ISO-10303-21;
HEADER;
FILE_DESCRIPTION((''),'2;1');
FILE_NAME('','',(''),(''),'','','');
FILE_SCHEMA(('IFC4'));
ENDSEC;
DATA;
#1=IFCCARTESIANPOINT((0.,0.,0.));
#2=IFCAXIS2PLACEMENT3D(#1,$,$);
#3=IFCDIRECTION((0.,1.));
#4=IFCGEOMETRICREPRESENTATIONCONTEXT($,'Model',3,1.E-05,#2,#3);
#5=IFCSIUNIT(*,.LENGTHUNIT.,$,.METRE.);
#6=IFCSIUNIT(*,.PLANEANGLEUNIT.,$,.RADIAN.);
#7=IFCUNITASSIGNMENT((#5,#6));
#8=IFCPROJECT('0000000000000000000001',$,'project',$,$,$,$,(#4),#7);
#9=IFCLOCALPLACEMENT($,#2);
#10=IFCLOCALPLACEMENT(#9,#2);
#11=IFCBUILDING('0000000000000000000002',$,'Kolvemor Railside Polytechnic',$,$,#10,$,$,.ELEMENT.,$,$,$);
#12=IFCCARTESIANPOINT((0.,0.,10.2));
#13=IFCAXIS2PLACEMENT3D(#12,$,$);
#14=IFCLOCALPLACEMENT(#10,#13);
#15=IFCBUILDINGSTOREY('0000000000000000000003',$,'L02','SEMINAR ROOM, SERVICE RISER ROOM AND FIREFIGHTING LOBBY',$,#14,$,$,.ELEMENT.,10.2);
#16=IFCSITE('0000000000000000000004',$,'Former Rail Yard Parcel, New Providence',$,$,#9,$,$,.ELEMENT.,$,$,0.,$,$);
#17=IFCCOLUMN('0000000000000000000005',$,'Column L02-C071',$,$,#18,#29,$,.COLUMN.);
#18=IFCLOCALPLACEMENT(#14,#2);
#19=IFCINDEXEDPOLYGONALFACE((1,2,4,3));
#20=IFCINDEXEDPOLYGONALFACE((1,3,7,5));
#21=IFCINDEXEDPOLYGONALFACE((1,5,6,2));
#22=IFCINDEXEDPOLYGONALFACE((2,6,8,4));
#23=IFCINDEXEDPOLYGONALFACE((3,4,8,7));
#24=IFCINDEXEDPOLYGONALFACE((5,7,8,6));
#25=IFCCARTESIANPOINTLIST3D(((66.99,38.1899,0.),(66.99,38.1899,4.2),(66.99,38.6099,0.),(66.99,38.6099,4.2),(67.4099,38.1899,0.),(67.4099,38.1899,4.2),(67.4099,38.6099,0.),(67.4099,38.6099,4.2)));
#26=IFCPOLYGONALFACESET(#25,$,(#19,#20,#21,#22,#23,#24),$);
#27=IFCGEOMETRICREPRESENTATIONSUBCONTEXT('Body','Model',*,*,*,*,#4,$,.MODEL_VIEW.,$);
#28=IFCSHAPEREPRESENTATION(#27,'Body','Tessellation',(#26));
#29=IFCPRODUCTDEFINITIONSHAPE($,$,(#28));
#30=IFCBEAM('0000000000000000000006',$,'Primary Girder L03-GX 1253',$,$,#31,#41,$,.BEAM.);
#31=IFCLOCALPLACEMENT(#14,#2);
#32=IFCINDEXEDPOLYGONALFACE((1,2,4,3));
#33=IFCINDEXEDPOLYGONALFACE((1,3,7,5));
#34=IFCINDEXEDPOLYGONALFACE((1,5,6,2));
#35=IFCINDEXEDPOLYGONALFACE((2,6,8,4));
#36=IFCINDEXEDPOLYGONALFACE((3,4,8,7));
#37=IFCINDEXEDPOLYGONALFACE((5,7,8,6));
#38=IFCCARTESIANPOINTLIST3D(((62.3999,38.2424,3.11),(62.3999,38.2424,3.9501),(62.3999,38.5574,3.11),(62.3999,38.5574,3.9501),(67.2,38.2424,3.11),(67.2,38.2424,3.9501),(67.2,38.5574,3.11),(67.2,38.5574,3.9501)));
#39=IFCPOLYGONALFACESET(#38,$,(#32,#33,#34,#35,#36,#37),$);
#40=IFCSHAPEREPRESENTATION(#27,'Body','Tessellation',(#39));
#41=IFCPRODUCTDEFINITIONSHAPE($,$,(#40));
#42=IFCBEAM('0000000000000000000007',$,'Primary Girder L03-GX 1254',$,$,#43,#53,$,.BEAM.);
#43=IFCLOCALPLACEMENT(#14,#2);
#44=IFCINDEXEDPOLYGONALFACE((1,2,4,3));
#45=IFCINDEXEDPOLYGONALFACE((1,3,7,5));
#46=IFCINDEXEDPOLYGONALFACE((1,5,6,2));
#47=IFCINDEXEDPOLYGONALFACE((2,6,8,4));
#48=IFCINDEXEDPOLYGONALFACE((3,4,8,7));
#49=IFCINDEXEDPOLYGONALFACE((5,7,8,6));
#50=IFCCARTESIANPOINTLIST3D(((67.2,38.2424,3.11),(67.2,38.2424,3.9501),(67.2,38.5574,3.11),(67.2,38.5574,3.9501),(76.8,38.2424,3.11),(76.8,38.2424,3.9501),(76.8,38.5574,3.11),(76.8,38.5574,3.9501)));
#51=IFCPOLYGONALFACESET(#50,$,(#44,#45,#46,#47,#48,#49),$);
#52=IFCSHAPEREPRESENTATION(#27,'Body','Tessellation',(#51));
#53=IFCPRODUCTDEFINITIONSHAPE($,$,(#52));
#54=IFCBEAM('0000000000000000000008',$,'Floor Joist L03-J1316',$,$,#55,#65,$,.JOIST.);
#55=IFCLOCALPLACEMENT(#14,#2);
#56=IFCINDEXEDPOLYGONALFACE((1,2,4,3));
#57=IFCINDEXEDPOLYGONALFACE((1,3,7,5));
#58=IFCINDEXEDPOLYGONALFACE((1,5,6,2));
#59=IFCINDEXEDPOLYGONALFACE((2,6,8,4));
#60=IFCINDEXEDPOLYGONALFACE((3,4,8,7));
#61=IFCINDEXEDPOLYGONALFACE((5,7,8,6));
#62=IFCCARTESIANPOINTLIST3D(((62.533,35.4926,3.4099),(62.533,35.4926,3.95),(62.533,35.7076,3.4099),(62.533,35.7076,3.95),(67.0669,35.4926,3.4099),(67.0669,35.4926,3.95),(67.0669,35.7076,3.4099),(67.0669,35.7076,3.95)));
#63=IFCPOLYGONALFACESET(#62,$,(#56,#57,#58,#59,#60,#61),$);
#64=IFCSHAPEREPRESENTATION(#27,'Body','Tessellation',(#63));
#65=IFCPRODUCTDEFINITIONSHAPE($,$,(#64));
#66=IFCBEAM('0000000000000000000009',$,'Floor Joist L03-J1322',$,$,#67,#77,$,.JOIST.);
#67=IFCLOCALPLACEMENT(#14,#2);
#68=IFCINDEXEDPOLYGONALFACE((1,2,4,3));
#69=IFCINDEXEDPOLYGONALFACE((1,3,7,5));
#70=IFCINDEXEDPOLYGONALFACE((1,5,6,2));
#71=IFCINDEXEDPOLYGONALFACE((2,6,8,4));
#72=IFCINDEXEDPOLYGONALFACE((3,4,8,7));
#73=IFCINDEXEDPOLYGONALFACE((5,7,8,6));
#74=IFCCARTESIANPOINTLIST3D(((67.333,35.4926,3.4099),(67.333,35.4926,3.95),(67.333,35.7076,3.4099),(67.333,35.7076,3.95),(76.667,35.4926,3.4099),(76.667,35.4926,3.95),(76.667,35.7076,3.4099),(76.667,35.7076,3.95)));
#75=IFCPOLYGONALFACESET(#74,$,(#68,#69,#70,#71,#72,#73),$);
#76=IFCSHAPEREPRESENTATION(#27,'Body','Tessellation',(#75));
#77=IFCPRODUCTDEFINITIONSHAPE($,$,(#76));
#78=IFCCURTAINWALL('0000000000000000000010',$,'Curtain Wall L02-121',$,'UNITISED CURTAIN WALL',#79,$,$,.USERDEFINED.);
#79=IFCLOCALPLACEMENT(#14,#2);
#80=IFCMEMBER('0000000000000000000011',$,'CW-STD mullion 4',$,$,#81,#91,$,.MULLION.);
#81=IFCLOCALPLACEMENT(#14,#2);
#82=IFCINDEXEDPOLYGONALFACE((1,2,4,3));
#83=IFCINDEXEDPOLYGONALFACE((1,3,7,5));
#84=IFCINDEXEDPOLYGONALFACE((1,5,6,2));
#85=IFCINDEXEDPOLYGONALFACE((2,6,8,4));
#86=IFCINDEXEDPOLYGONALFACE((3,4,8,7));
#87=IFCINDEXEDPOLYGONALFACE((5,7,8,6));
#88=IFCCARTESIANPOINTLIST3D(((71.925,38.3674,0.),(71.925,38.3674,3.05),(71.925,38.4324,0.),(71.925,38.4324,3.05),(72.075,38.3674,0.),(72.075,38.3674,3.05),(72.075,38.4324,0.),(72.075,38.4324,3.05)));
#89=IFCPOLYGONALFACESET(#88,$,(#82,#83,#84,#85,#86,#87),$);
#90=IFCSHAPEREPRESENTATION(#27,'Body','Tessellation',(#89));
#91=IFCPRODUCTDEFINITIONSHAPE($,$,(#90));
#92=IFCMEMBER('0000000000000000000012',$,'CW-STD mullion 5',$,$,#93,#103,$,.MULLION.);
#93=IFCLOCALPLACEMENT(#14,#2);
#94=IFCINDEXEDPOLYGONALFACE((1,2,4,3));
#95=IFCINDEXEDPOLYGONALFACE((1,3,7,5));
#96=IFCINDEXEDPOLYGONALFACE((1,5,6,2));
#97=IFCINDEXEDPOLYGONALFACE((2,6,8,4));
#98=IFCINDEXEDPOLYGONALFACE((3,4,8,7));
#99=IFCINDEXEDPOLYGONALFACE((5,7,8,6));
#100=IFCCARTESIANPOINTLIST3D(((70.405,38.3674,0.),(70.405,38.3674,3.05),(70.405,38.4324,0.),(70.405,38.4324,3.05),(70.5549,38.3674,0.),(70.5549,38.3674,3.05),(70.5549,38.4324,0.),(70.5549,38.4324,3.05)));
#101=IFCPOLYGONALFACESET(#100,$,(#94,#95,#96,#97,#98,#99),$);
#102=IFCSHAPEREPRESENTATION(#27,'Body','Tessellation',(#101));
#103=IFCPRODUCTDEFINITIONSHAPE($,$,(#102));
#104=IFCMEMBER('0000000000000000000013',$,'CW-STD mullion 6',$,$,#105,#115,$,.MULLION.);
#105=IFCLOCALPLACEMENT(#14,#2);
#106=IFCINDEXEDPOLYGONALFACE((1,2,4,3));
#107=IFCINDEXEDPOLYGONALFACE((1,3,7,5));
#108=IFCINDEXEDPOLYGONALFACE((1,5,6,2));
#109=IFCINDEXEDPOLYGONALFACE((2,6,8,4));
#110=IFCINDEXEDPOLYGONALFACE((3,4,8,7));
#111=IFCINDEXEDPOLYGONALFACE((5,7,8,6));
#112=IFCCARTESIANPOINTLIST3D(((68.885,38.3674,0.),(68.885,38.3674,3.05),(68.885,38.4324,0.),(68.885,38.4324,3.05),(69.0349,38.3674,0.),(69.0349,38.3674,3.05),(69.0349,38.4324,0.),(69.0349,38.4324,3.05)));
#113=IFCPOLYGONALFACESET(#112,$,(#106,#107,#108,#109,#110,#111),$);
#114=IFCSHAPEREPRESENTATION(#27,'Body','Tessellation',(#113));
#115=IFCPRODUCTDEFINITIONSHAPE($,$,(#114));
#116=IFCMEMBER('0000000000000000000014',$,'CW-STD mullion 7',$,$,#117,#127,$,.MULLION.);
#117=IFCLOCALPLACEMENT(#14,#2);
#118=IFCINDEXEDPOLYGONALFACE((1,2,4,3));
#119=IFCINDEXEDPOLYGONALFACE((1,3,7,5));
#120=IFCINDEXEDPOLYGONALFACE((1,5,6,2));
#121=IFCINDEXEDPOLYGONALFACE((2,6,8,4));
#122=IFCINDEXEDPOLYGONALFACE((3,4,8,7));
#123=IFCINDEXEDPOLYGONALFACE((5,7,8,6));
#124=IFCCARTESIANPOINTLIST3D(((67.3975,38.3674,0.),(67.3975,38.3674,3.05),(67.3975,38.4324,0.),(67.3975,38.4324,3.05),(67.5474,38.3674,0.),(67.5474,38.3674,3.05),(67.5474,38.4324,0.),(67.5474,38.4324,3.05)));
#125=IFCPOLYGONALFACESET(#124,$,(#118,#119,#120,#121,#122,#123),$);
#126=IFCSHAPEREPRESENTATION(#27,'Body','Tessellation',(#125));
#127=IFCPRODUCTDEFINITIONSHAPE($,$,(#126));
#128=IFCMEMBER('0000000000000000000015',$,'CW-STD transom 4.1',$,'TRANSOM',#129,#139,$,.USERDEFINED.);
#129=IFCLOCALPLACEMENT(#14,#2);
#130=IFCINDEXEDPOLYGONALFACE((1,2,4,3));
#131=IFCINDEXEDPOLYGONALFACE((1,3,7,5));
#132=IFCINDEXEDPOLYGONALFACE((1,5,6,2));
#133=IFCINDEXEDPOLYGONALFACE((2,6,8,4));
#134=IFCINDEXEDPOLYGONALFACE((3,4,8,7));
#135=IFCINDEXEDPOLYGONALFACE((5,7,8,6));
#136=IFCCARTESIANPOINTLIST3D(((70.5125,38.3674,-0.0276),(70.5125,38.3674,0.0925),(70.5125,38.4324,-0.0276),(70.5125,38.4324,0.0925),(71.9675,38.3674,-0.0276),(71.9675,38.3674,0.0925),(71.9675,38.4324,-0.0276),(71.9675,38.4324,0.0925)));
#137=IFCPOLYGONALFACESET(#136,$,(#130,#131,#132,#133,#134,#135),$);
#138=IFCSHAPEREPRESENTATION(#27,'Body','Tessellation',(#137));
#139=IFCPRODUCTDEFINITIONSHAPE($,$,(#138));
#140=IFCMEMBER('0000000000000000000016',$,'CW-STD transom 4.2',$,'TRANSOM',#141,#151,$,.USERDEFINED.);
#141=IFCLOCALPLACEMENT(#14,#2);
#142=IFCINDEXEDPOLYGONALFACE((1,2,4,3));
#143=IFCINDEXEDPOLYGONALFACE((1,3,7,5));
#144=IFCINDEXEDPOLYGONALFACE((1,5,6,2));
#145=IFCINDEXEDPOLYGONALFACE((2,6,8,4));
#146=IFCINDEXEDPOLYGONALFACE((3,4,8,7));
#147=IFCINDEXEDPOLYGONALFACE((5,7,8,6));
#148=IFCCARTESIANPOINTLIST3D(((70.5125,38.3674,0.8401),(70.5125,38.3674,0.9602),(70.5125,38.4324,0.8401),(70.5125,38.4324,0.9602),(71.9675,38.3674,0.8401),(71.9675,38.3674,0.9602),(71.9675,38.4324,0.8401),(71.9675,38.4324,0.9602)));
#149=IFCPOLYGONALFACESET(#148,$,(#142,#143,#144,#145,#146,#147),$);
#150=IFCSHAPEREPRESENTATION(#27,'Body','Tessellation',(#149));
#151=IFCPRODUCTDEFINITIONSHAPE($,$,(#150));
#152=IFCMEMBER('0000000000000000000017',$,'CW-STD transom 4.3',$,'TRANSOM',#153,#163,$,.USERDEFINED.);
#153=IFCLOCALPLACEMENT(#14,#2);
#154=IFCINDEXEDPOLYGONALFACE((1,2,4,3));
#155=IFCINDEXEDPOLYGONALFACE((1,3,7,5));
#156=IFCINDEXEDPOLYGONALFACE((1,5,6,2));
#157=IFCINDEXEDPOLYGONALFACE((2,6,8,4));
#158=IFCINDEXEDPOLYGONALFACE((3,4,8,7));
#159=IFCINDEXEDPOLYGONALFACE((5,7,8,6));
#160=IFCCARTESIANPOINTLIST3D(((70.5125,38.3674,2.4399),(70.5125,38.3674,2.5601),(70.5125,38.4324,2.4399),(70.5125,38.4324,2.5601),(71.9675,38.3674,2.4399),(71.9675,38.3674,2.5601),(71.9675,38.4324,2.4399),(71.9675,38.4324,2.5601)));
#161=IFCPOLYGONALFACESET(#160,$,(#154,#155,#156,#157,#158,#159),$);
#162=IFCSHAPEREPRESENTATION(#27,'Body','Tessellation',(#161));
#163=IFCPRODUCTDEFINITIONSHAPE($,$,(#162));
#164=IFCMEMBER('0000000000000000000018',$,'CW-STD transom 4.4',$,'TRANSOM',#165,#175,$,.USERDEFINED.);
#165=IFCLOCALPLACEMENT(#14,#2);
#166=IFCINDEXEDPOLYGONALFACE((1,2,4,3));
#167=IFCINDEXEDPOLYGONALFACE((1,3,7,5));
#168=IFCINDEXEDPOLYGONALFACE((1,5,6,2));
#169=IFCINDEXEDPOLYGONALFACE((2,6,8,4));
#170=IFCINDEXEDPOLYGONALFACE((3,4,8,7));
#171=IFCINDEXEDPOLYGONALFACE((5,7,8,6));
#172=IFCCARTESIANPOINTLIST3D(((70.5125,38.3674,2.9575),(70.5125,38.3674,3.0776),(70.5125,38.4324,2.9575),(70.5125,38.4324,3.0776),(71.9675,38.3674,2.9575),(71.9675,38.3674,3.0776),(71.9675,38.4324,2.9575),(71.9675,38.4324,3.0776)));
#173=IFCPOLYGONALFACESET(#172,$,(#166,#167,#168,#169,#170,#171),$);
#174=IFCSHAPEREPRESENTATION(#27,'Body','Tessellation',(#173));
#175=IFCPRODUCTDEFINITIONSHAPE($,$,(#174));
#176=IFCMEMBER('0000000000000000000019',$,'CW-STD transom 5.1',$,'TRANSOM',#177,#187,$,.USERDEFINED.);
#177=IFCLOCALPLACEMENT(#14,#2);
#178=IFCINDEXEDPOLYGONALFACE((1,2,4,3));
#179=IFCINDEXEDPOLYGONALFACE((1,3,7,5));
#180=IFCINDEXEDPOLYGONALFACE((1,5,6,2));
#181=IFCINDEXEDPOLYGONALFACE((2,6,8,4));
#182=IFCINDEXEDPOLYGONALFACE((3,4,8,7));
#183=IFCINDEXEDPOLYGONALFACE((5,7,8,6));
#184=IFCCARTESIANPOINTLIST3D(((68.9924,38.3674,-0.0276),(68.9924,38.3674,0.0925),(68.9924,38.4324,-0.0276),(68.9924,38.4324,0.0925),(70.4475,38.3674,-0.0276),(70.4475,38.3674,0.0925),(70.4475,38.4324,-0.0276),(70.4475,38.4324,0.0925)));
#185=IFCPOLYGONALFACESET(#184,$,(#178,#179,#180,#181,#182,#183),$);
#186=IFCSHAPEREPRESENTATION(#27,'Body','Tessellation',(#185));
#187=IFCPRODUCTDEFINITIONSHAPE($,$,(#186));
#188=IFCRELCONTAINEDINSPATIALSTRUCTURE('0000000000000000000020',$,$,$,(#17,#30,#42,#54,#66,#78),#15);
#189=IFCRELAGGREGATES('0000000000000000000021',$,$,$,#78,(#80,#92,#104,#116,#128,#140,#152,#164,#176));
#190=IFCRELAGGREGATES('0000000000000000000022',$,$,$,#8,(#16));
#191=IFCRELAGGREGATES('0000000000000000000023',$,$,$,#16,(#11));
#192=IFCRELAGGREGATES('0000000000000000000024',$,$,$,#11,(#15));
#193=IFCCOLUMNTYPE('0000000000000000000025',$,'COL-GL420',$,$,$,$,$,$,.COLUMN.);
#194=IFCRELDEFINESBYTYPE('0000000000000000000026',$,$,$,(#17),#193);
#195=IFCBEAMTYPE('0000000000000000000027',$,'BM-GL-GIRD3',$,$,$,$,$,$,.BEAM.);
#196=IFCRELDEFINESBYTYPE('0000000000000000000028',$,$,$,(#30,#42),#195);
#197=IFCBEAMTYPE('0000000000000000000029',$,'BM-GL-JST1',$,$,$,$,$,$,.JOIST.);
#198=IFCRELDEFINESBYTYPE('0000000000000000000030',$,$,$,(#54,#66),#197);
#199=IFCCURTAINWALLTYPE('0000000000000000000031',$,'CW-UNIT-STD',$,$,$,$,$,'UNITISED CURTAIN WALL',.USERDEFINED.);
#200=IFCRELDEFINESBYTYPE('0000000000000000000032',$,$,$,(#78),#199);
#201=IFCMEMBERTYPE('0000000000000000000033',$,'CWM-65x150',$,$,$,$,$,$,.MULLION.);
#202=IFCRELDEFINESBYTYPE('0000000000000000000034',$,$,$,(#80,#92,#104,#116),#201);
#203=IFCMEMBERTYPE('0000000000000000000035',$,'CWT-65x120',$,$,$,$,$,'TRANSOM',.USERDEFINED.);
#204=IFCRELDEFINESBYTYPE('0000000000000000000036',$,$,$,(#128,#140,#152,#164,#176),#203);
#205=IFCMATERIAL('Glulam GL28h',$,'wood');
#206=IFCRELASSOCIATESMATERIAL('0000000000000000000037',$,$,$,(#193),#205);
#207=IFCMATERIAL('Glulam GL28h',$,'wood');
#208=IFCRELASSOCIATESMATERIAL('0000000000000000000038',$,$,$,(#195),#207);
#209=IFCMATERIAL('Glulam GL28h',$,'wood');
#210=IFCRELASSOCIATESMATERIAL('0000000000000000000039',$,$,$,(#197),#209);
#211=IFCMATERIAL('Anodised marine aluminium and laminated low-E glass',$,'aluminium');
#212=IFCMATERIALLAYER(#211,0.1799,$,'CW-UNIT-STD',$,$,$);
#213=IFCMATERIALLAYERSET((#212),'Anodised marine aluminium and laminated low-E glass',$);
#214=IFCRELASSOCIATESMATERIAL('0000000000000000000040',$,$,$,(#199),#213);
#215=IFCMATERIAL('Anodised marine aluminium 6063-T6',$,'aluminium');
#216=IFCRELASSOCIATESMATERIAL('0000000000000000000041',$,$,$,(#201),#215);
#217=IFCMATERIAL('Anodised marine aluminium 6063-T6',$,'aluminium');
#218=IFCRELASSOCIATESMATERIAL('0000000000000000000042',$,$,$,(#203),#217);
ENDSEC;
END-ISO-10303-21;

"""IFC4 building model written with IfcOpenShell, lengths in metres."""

from ifc_helpers import new_model, si_unit, direction, frame, origin, origin_2d, place, context, subcontext, project, spatial, rectangle, extrude, material, layer, layer_set, material_profile, profile_set, type_object, element, aggregate, save


model = new_model("IFC4")

# Units and contexts
model_context = context("Model", 3, precision=1e-05, world=origin(), true_north=direction((0.0, 1.0)))
body_context = subcontext(model_context, "Body", "Model", "MODEL_VIEW")
ifc_project = project(units=[si_unit("LENGTHUNIT", "METRE"), si_unit("PLANEANGLEUNIT", "RADIAN")], contexts=[model_context])

# Site, building, storey
site_placement = place(None, origin())
site = spatial("IfcSite", under=ifc_project, at=site_placement, Name="Former Rail Yard Parcel, New Providence", CompositionType="ELEMENT", RefElevation=0.0)
building_placement = place(site_placement, origin())
building = spatial("IfcBuilding", under=site, at=building_placement, Name="Kolvemor Railside Polytechnic", CompositionType="ELEMENT")
storey_placement = place(building_placement, frame((0.0, 0.0, 10.2)))
storey = spatial("IfcBuildingStorey", under=building, at=storey_placement, Name="L02", Description="SEMINAR ROOM, SERVICE RISER ROOM AND FIREFIGHTING LOBBY", CompositionType="ELEMENT", Elevation=10.2)

# Column
ifc_material_1 = material(Name="Glulam GL28h", Category="wood")
ifc_material_profile_1 = material_profile(ifc_material_1, rectangle(XDim=0.4199, YDim=0.4199, at=origin_2d()), Name="GL420x420")
ifc_profile_set_1 = profile_set([ifc_material_profile_1], Name="Glulam GL28h")
column_type = type_object("IfcColumnType", Name="COL-GL420", PredefinedType="COLUMN", material=ifc_profile_set_1)
column_placement = place(storey_placement, frame((67.2, 38.3999, 0.0), z_axis=(0.0, 0.0, 1.0), x_axis=(1.0, 0.0, 0.0)))
element("IfcColumn", 1, at=column_placement, inside=storey, type_object=column_type, Name="Column L02-C071", PredefinedType="COLUMN", context=body_context, shape_type="SweptSolid", body=[
    extrude(rectangle(XDim=0.4199, YDim=0.4199, at=origin_2d()), origin(), (0.0, 0.0, 1.0), 4.2),
])

# Beams
ifc_material_2 = material(Name="Glulam GL28h", Category="wood")
ifc_material_profile_2 = material_profile(ifc_material_2, rectangle(XDim=0.3149, YDim=0.8401, at=origin_2d()), Name="GL315x840")
ifc_profile_set_2 = profile_set([ifc_material_profile_2], Name="Glulam GL28h")
beam_type_1 = type_object("IfcBeamType", Name="BM-GL-GIRD3", PredefinedType="BEAM", material=ifc_profile_set_2)
beam_1_placement = place(storey_placement, frame((62.3999, 38.3999, 3.53), z_axis=(1.0, 0.0, 0.0), x_axis=(0.0, 1.0, 0.0)))
element("IfcBeam", 2, at=beam_1_placement, inside=storey, type_object=beam_type_1, Name="Primary Girder L03-GX 1253", PredefinedType="BEAM", context=body_context, shape_type="SweptSolid", body=[
    extrude(rectangle(XDim=0.3149, YDim=0.8401, at=origin_2d()), origin(), (0.0, 0.0, 1.0), 4.8),
])
beam_2_placement = place(storey_placement, frame((67.2, 38.3999, 3.53), z_axis=(1.0, 0.0, 0.0), x_axis=(0.0, 1.0, 0.0)))
element("IfcBeam", 3, at=beam_2_placement, inside=storey, type_object=beam_type_1, Name="Primary Girder L03-GX 1254", PredefinedType="BEAM", context=body_context, shape_type="SweptSolid", body=[
    extrude(rectangle(XDim=0.3149, YDim=0.8401, at=origin_2d()), origin(), (0.0, 0.0, 1.0), 9.6001),
])
ifc_material_3 = material(Name="Glulam GL28h", Category="wood")
ifc_material_profile_3 = material_profile(ifc_material_3, rectangle(XDim=0.2151, YDim=0.54, at=origin_2d()), Name="GL215x540")
ifc_profile_set_3 = profile_set([ifc_material_profile_3], Name="Glulam GL28h")
beam_type_2 = type_object("IfcBeamType", Name="BM-GL-JST1", PredefinedType="JOIST", material=ifc_profile_set_3)
beam_3_placement = place(storey_placement, frame((62.533, 35.6001, 3.6799), z_axis=(1.0, 0.0, 0.0), x_axis=(0.0, 1.0, 0.0)))
element("IfcBeam", 4, at=beam_3_placement, inside=storey, type_object=beam_type_2, Name="Floor Joist L03-J1316", PredefinedType="JOIST", context=body_context, shape_type="SweptSolid", body=[
    extrude(rectangle(XDim=0.2151, YDim=0.54, at=origin_2d()), origin(), (0.0, 0.0, 1.0), 4.5339),
])
beam_4_placement = place(storey_placement, frame((67.333, 35.6001, 3.6799), z_axis=(1.0, 0.0, 0.0), x_axis=(0.0, 1.0, 0.0)))
element("IfcBeam", 5, at=beam_4_placement, inside=storey, type_object=beam_type_2, Name="Floor Joist L03-J1322", PredefinedType="JOIST", context=body_context, shape_type="SweptSolid", body=[
    extrude(rectangle(XDim=0.2151, YDim=0.54, at=origin_2d()), origin(), (0.0, 0.0, 1.0), 9.334),
])

# Curtain wall, members
ifc_material_4 = material(Name="Anodised marine aluminium and laminated low-E glass", Category="aluminium")
ifc_layer_1 = layer(ifc_material_4, 0.1799, Name="CW-UNIT-STD")
ifc_layer_set_1 = layer_set([ifc_layer_1], Name="Anodised marine aluminium and laminated low-E glass")
curtain_wall_type = type_object("IfcCurtainWallType", Name="CW-UNIT-STD", ElementType="UNITISED CURTAIN WALL", PredefinedType="USERDEFINED", material=ifc_layer_set_1)
curtain_wall_placement = place(storey_placement, origin())
curtain_wall = element("IfcCurtainWall", 6, at=curtain_wall_placement, inside=storey, type_object=curtain_wall_type, Name="Curtain Wall L02-121", ObjectType="UNITISED CURTAIN WALL", PredefinedType="USERDEFINED")
ifc_material_5 = material(Name="Anodised marine aluminium 6063-T6", Category="aluminium")
ifc_material_profile_4 = material_profile(ifc_material_5, rectangle(XDim=0.0649, YDim=0.1499, at=origin_2d()), Name="CW-MUL-65x150")
ifc_profile_set_4 = profile_set([ifc_material_profile_4], Name="Anodised marine aluminium 6063-T6")
member_type_1 = type_object("IfcMemberType", Name="CWM-65x150", PredefinedType="MULLION", material=ifc_profile_set_4)
member_1_placement = place(storey_placement, frame((72.0, 38.3999, 0.0), z_axis=(0.0, 0.0, 1.0), x_axis=(0.0, -1.0, 0.0)))
member_1 = element("IfcMember", 7, at=member_1_placement, type_object=member_type_1, Name="CW-STD mullion 4", PredefinedType="MULLION", context=body_context, shape_type="SweptSolid", body=[
    extrude(rectangle(XDim=0.0649, YDim=0.1499, at=origin_2d()), origin(), (0.0, 0.0, 1.0), 3.05),
])
member_2_placement = place(storey_placement, frame((70.48, 38.3999, 0.0), z_axis=(0.0, 0.0, 1.0), x_axis=(0.0, -1.0, 0.0)))
member_2 = element("IfcMember", 8, at=member_2_placement, type_object=member_type_1, Name="CW-STD mullion 5", PredefinedType="MULLION", context=body_context, shape_type="SweptSolid", body=[
    extrude(rectangle(XDim=0.0649, YDim=0.1499, at=origin_2d()), origin(), (0.0, 0.0, 1.0), 3.05),
])
member_3_placement = place(storey_placement, frame((68.96, 38.3999, 0.0), z_axis=(0.0, 0.0, 1.0), x_axis=(0.0, -1.0, 0.0)))
member_3 = element("IfcMember", 9, at=member_3_placement, type_object=member_type_1, Name="CW-STD mullion 6", PredefinedType="MULLION", context=body_context, shape_type="SweptSolid", body=[
    extrude(rectangle(XDim=0.0649, YDim=0.1499, at=origin_2d()), origin(), (0.0, 0.0, 1.0), 3.05),
])
member_4_placement = place(storey_placement, frame((67.4724, 38.3999, 0.0), z_axis=(0.0, 0.0, 1.0), x_axis=(0.0, -1.0, 0.0)))
member_4 = element("IfcMember", 10, at=member_4_placement, type_object=member_type_1, Name="CW-STD mullion 7", PredefinedType="MULLION", context=body_context, shape_type="SweptSolid", body=[
    extrude(rectangle(XDim=0.0649, YDim=0.1499, at=origin_2d()), origin(), (0.0, 0.0, 1.0), 3.05),
])
ifc_material_6 = material(Name="Anodised marine aluminium 6063-T6", Category="aluminium")
ifc_material_profile_5 = material_profile(ifc_material_6, rectangle(XDim=0.0649, YDim=0.1201, at=origin_2d()), Name="CW-TRN-65x120")
ifc_profile_set_5 = profile_set([ifc_material_profile_5], Name="Anodised marine aluminium 6063-T6")
member_type_2 = type_object("IfcMemberType", Name="CWT-65x120", ElementType="TRANSOM", PredefinedType="USERDEFINED", material=ifc_profile_set_5)
member_5_placement = place(storey_placement, frame((71.9675, 38.3999, 0.0325), z_axis=(-1.0, 0.0, 0.0), x_axis=(0.0, -1.0, 0.0)))
member_5 = element("IfcMember", 11, at=member_5_placement, type_object=member_type_2, Name="CW-STD transom 4.1", ObjectType="TRANSOM", PredefinedType="USERDEFINED", context=body_context, shape_type="SweptSolid", body=[
    extrude(rectangle(XDim=0.0649, YDim=0.1201, at=origin_2d()), origin(), (0.0, 0.0, 1.0), 1.4551),
])
member_6_placement = place(storey_placement, frame((71.9675, 38.3999, 0.9001), z_axis=(-1.0, 0.0, 0.0), x_axis=(0.0, -1.0, 0.0)))
member_6 = element("IfcMember", 12, at=member_6_placement, type_object=member_type_2, Name="CW-STD transom 4.2", ObjectType="TRANSOM", PredefinedType="USERDEFINED", context=body_context, shape_type="SweptSolid", body=[
    extrude(rectangle(XDim=0.0649, YDim=0.1201, at=origin_2d()), origin(), (0.0, 0.0, 1.0), 1.4551),
])
member_7_placement = place(storey_placement, frame((71.9675, 38.3999, 2.5), z_axis=(-1.0, 0.0, 0.0), x_axis=(0.0, -1.0, 0.0)))
member_7 = element("IfcMember", 13, at=member_7_placement, type_object=member_type_2, Name="CW-STD transom 4.3", ObjectType="TRANSOM", PredefinedType="USERDEFINED", context=body_context, shape_type="SweptSolid", body=[
    extrude(rectangle(XDim=0.0649, YDim=0.1201, at=origin_2d()), origin(), (0.0, 0.0, 1.0), 1.4551),
])
member_8_placement = place(storey_placement, frame((71.9675, 38.3999, 3.0176), z_axis=(-1.0, 0.0, 0.0), x_axis=(0.0, -1.0, 0.0)))
member_8 = element("IfcMember", 14, at=member_8_placement, type_object=member_type_2, Name="CW-STD transom 4.4", ObjectType="TRANSOM", PredefinedType="USERDEFINED", context=body_context, shape_type="SweptSolid", body=[
    extrude(rectangle(XDim=0.0649, YDim=0.1201, at=origin_2d()), origin(), (0.0, 0.0, 1.0), 1.4551),
])
member_9_placement = place(storey_placement, frame((70.4475, 38.3999, 0.0325), z_axis=(-1.0, 0.0, 0.0), x_axis=(0.0, -1.0, 0.0)))
member_9 = element("IfcMember", 15, at=member_9_placement, type_object=member_type_2, Name="CW-STD transom 5.1", ObjectType="TRANSOM", PredefinedType="USERDEFINED", context=body_context, shape_type="SweptSolid", body=[
    extrude(rectangle(XDim=0.0649, YDim=0.1201, at=origin_2d()), origin(), (0.0, 0.0, 1.0), 1.4551),
])
aggregate(curtain_wall, [member_1, member_2, member_3, member_4, member_5, member_6, member_7, member_8, member_9])

save(model, "model.ifc")
